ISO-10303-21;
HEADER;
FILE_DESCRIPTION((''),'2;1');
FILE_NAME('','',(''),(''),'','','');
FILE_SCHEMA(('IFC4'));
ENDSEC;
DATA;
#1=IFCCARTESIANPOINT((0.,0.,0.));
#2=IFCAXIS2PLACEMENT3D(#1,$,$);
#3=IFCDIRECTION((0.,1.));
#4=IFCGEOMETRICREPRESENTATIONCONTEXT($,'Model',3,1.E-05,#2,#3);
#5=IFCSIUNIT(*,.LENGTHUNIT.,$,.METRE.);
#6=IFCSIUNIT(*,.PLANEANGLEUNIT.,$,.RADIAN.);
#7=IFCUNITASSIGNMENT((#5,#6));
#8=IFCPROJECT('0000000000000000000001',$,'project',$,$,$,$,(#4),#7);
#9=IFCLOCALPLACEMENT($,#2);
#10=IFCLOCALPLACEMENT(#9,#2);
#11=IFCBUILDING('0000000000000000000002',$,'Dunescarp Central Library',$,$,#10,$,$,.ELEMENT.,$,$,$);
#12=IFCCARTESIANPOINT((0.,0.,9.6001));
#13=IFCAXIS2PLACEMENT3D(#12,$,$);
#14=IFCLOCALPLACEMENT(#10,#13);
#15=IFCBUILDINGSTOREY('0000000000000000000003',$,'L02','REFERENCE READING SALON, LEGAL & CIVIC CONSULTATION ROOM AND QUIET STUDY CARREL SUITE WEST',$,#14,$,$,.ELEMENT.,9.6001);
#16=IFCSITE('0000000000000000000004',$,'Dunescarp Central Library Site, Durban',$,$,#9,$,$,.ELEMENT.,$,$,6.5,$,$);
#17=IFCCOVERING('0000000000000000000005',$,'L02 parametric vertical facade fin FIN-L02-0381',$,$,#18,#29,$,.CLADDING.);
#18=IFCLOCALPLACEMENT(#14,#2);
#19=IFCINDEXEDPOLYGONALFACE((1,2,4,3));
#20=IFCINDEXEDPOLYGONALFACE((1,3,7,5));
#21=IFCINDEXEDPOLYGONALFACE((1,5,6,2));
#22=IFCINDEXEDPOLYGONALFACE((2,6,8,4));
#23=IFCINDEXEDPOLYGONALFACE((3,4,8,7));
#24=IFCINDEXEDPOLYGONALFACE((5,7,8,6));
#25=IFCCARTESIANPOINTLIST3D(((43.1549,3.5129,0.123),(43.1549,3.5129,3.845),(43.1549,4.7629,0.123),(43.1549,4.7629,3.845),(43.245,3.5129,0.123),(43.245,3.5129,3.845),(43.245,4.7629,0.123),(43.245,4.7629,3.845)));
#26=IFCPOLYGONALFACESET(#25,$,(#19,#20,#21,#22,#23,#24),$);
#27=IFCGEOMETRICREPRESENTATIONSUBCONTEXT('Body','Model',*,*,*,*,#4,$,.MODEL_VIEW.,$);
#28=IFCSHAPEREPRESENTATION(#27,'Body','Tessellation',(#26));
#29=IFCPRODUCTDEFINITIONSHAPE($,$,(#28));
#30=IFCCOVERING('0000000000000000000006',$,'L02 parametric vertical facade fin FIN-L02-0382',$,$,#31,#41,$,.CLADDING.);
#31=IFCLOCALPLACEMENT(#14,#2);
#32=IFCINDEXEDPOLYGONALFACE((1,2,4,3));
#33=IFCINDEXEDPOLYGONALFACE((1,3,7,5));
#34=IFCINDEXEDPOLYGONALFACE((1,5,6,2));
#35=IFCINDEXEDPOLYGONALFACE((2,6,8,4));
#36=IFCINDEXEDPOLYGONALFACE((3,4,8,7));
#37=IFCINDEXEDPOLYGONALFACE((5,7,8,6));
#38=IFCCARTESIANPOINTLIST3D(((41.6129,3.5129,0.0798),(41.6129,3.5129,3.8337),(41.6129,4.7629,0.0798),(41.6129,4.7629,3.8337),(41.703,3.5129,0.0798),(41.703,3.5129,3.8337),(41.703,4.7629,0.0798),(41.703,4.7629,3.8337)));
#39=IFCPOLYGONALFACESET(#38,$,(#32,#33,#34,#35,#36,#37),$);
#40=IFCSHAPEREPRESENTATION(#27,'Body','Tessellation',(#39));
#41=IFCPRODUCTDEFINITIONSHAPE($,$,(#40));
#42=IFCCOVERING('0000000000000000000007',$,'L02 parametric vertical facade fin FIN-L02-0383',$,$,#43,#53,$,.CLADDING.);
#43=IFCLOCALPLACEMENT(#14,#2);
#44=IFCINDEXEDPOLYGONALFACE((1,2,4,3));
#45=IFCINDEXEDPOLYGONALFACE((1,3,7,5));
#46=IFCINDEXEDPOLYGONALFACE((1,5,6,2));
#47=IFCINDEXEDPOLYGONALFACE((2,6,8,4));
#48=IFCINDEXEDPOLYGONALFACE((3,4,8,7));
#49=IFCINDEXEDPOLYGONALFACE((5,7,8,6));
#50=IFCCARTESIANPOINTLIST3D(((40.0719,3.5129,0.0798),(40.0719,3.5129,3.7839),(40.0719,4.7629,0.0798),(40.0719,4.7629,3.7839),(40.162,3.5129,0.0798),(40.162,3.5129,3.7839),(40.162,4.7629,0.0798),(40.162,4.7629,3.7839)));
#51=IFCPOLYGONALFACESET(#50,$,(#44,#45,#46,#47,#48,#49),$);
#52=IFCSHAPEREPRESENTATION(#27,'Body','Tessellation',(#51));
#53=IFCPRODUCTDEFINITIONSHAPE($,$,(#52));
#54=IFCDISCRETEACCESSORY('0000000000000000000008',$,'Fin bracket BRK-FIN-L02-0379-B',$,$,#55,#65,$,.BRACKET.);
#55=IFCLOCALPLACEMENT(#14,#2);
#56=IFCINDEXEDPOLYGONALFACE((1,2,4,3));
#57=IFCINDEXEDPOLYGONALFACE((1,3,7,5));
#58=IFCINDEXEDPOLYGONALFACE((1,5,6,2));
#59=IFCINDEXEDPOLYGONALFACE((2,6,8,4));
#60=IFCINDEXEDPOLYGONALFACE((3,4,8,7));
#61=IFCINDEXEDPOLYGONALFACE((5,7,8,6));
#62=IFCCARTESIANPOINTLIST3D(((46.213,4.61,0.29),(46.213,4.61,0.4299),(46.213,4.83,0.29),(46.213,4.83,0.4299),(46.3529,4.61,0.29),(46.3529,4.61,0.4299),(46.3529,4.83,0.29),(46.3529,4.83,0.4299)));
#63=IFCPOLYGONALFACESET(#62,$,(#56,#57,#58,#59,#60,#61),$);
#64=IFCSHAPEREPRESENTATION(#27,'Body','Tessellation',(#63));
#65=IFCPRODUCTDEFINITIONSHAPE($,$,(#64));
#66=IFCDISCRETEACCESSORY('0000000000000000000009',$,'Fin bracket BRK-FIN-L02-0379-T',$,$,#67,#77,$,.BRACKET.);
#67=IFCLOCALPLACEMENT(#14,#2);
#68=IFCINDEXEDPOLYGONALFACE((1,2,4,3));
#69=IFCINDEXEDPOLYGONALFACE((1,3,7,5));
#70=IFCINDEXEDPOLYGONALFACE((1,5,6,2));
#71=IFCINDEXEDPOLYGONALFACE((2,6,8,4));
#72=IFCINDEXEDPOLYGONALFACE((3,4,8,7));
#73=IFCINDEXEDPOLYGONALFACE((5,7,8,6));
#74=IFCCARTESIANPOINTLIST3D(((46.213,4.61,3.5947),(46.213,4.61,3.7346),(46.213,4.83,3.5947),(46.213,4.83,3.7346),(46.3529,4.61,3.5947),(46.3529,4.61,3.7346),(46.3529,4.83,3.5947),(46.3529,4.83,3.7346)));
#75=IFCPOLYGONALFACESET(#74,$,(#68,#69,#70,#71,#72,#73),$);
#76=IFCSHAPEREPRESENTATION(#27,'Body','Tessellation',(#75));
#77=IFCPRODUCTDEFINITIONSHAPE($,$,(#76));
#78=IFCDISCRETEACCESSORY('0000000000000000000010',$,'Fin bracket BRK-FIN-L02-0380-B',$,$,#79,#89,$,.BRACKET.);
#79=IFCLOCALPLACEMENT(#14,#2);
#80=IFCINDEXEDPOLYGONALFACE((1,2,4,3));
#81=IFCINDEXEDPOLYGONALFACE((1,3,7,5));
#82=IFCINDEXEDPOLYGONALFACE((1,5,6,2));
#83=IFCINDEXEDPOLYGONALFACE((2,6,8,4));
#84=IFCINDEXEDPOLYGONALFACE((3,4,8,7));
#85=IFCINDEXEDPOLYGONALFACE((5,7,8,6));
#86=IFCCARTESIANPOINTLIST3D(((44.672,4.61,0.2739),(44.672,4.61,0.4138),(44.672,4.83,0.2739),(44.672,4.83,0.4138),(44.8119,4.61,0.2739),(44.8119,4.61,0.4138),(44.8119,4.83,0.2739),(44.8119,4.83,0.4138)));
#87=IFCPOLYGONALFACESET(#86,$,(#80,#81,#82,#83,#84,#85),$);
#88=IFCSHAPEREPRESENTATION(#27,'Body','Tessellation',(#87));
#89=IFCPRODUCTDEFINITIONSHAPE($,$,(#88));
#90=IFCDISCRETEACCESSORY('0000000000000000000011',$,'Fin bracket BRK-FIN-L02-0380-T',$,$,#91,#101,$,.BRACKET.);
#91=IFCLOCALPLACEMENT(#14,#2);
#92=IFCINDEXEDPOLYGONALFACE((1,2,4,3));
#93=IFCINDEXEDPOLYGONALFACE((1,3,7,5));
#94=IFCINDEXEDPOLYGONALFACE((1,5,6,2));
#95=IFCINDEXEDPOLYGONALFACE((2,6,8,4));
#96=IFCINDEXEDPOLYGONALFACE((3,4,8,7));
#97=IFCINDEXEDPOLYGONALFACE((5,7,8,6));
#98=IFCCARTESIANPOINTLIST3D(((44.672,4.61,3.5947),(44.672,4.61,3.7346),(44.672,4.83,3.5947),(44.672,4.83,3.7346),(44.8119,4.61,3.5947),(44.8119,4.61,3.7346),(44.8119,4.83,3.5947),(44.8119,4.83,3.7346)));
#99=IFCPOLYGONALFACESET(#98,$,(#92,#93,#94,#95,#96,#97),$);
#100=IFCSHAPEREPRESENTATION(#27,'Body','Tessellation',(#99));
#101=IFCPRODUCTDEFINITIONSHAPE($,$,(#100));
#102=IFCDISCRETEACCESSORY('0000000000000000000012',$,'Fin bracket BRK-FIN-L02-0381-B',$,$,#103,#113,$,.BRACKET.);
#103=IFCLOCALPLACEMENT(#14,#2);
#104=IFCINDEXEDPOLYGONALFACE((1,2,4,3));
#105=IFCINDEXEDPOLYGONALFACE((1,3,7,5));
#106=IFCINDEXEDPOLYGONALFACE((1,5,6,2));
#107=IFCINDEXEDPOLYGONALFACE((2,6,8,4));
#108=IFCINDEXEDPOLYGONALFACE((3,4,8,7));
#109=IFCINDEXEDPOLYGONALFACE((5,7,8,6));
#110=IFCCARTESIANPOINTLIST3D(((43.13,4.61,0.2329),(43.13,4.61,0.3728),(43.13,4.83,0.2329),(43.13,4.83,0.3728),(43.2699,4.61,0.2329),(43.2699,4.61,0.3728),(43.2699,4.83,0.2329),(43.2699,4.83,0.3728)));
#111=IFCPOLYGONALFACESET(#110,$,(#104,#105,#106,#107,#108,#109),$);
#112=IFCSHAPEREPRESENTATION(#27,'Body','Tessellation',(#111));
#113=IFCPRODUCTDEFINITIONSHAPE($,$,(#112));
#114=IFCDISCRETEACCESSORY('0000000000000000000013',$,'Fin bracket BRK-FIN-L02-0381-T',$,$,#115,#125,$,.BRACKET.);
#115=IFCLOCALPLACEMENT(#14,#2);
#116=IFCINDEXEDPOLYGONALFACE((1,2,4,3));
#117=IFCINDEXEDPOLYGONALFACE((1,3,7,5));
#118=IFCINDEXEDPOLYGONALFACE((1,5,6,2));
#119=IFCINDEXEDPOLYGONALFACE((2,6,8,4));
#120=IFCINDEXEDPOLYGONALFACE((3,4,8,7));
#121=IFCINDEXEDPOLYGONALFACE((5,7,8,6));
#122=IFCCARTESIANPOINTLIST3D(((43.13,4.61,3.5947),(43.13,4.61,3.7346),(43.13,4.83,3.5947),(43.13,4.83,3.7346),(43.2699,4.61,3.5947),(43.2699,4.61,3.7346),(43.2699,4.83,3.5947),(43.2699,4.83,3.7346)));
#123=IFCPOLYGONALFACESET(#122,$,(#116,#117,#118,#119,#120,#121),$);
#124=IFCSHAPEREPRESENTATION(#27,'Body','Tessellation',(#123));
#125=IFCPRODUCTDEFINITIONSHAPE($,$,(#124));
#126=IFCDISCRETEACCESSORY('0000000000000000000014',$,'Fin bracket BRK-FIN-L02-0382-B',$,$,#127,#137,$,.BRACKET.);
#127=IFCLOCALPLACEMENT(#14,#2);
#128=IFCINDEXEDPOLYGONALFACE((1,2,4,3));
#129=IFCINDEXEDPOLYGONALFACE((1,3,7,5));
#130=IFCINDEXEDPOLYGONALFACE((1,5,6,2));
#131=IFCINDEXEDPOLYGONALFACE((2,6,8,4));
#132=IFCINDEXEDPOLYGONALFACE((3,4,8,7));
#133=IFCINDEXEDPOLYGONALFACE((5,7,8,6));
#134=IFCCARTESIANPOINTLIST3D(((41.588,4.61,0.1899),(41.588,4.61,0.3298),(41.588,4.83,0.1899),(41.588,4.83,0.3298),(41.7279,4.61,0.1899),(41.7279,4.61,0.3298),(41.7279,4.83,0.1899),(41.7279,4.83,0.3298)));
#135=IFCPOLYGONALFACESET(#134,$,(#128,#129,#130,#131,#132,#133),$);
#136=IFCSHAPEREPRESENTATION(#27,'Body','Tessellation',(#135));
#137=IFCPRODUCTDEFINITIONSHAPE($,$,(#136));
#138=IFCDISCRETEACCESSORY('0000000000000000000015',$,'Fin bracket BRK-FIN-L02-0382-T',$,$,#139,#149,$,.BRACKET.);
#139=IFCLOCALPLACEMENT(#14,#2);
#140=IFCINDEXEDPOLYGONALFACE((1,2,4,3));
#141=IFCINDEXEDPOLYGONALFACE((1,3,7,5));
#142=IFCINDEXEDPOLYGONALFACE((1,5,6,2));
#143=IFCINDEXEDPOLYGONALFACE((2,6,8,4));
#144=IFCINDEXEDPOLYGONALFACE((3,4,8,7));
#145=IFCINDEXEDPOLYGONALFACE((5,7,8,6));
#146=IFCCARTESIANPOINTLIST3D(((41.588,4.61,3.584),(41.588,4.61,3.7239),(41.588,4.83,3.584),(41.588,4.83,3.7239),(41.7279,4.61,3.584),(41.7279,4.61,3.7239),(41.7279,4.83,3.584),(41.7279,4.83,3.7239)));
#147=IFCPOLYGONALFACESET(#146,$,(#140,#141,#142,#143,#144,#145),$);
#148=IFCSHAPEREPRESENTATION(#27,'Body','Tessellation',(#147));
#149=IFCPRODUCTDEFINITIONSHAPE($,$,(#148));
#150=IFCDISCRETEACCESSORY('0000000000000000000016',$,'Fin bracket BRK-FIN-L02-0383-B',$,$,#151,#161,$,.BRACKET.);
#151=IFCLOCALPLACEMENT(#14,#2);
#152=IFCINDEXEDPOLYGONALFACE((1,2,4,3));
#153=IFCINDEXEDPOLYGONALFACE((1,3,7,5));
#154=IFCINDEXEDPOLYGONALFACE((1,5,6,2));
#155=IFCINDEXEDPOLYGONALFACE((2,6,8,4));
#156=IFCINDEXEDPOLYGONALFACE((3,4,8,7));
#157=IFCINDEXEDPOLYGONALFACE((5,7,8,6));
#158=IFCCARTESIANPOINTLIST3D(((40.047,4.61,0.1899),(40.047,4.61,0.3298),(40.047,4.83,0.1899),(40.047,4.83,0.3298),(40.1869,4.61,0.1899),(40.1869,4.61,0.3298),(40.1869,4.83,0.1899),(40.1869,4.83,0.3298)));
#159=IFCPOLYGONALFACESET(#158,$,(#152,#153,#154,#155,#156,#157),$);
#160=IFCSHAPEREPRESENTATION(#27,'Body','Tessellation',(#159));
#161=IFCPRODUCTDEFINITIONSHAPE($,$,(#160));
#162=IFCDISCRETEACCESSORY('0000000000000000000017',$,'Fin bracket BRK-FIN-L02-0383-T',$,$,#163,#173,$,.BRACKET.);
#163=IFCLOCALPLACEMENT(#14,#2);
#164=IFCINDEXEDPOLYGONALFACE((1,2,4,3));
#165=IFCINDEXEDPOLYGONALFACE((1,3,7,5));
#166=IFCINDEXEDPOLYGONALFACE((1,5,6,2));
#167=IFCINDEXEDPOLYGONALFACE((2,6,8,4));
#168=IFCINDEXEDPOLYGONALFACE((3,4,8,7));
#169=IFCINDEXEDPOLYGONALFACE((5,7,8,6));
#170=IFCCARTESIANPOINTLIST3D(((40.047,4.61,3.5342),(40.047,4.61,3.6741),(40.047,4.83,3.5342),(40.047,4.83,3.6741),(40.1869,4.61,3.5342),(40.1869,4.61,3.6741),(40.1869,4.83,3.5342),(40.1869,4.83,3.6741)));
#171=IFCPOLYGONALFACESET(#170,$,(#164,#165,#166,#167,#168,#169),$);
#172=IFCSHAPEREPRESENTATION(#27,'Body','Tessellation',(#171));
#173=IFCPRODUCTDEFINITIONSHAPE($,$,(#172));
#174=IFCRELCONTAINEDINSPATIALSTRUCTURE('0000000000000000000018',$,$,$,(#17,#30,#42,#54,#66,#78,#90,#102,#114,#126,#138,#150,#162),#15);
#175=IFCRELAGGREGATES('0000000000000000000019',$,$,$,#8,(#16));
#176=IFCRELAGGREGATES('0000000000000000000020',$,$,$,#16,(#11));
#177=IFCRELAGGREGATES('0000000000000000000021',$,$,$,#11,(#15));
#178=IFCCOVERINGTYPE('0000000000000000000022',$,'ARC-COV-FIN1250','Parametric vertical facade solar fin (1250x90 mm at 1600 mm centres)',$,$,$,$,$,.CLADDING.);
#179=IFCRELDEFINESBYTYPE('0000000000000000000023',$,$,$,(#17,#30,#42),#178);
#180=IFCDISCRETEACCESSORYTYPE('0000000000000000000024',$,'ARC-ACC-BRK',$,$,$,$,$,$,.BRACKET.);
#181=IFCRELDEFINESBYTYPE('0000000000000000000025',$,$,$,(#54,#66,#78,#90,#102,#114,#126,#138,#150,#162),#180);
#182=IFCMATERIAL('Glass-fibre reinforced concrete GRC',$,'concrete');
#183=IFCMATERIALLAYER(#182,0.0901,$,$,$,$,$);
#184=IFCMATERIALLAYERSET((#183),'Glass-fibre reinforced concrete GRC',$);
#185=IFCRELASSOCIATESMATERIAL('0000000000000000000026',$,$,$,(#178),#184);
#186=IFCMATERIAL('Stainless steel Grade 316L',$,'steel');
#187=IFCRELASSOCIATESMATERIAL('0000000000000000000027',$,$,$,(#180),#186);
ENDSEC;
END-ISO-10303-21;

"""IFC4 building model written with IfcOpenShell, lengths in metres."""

from ifc_helpers import new_model, si_unit, direction, frame, origin, origin_2d, place, context, subcontext, project, spatial, rectangle, extrude, material, layer, layer_set, type_object, element, save


model = new_model("IFC4")

# Units and contexts
model_context = context("Model", 3, precision=1e-05, world=origin(), true_north=direction((0.0, 1.0)))
body_context = subcontext(model_context, "Body", "Model", "MODEL_VIEW")
ifc_project = project(units=[si_unit("LENGTHUNIT", "METRE"), si_unit("PLANEANGLEUNIT", "RADIAN")], contexts=[model_context])

# Site, building, storey
site_placement = place(None, origin())
site = spatial("IfcSite", under=ifc_project, at=site_placement, Name="Dunescarp Central Library Site, Durban", CompositionType="ELEMENT", RefElevation=6.5)
building_placement = place(site_placement, origin())
building = spatial("IfcBuilding", under=site, at=building_placement, Name="Dunescarp Central Library", CompositionType="ELEMENT")
storey_placement = place(building_placement, frame((0.0, 0.0, 9.6001)))
storey = spatial("IfcBuildingStorey", under=building, at=storey_placement, Name="L02", Description="REFERENCE READING SALON, LEGAL & CIVIC CONSULTATION ROOM AND QUIET STUDY CARREL SUITE WEST", CompositionType="ELEMENT", Elevation=9.6001)

# Coverings
ifc_material_1 = material(Name="Glass-fibre reinforced concrete GRC", Category="concrete")
ifc_layer_1 = layer(ifc_material_1, 0.0901)
ifc_layer_set_1 = layer_set([ifc_layer_1], Name="Glass-fibre reinforced concrete GRC")
covering_type = type_object("IfcCoveringType", Name="ARC-COV-FIN1250", Description="Parametric vertical facade solar fin (1250x90 mm at 1600 mm centres)", PredefinedType="CLADDING", material=ifc_layer_set_1)
covering_1_placement = place(storey_placement, frame((43.2, 4.1379, 0.123), z_axis=(0.0, 0.0, 1.0), x_axis=(0.0, -1.0, 0.0)))
element("IfcCovering", 1, at=covering_1_placement, inside=storey, type_object=covering_type, Name="L02 parametric vertical facade fin FIN-L02-0381", PredefinedType="CLADDING", context=body_context, shape_type="SweptSolid", body=[
    extrude(rectangle(XDim=1.25, YDim=0.0901, at=origin_2d()), origin(), (0.0, 0.0, 1.0), 3.7219),
])
covering_2_placement = place(storey_placement, frame((41.658, 4.1379, 0.0798), z_axis=(0.0, 0.0, 1.0), x_axis=(0.0, -1.0, 0.0)))
element("IfcCovering", 2, at=covering_2_placement, inside=storey, type_object=covering_type, Name="L02 parametric vertical facade fin FIN-L02-0382", PredefinedType="CLADDING", context=body_context, shape_type="SweptSolid", body=[
    extrude(rectangle(XDim=1.25, YDim=0.0901, at=origin_2d()), origin(), (0.0, 0.0, 1.0), 3.7539),
])
covering_3_placement = place(storey_placement, frame((40.1169, 4.1379, 0.0798), z_axis=(0.0, 0.0, 1.0), x_axis=(0.0, -1.0, 0.0)))
element("IfcCovering", 3, at=covering_3_placement, inside=storey, type_object=covering_type, Name="L02 parametric vertical facade fin FIN-L02-0383", PredefinedType="CLADDING", context=body_context, shape_type="SweptSolid", body=[
    extrude(rectangle(XDim=1.25, YDim=0.0901, at=origin_2d()), origin(), (0.0, 0.0, 1.0), 3.7041),
])

# Discrete accessories
ifc_material_2 = material(Name="Stainless steel Grade 316L", Category="steel")
discrete_accessory_type = type_object("IfcDiscreteAccessoryType", Name="ARC-ACC-BRK", PredefinedType="BRACKET", material=ifc_material_2)
for number, where, z_axis, x_axis, name in (
    (4, (46.283, 4.72, 0.29), (0.0, 0.0, 1.0), (0.0, -1.0, 0.0), "Fin bracket BRK-FIN-L02-0379-B"),
    (5, (46.283, 4.72, 3.5947), (0.0, 0.0, 1.0), (0.0, -1.0, 0.0), "Fin bracket BRK-FIN-L02-0379-T"),
    (6, (44.7419, 4.72, 0.2739), (0.0, 0.0, 1.0), (0.0, -1.0, 0.0), "Fin bracket BRK-FIN-L02-0380-B"),
    (7, (44.7419, 4.72, 3.5947), (0.0, 0.0, 1.0), (0.0, -1.0, 0.0), "Fin bracket BRK-FIN-L02-0380-T"),
    (8, (43.2, 4.72, 0.2329), (0.0, 0.0, 1.0), (0.0, -1.0, 0.0), "Fin bracket BRK-FIN-L02-0381-B"),
    (9, (43.2, 4.72, 3.5947), (0.0, 0.0, 1.0), (0.0, -1.0, 0.0), "Fin bracket BRK-FIN-L02-0381-T"),
    (10, (41.658, 4.72, 0.1899), (0.0, 0.0, 1.0), (0.0, -1.0, 0.0), "Fin bracket BRK-FIN-L02-0382-B"),
    (11, (41.658, 4.72, 3.584), (0.0, 0.0, 1.0), (0.0, -1.0, 0.0), "Fin bracket BRK-FIN-L02-0382-T"),
    (12, (40.1169, 4.72, 0.1899), (0.0, 0.0, 1.0), (0.0, -1.0, 0.0), "Fin bracket BRK-FIN-L02-0383-B"),
    (13, (40.1169, 4.72, 3.5342), (0.0, 0.0, 1.0), (0.0, -1.0, 0.0), "Fin bracket BRK-FIN-L02-0383-T"),
):
    element("IfcDiscreteAccessory", number, at=place(storey_placement, frame(where, z_axis=z_axis, x_axis=x_axis)), inside=storey, type_object=discrete_accessory_type, Name=name, PredefinedType="BRACKET", context=body_context, shape_type="SweptSolid", body=[
        extrude(rectangle(XDim=0.22, YDim=0.1399, at=origin_2d()), origin(), (0.0, 0.0, 1.0), 0.1399),
    ])

save(model, "model.ifc")
